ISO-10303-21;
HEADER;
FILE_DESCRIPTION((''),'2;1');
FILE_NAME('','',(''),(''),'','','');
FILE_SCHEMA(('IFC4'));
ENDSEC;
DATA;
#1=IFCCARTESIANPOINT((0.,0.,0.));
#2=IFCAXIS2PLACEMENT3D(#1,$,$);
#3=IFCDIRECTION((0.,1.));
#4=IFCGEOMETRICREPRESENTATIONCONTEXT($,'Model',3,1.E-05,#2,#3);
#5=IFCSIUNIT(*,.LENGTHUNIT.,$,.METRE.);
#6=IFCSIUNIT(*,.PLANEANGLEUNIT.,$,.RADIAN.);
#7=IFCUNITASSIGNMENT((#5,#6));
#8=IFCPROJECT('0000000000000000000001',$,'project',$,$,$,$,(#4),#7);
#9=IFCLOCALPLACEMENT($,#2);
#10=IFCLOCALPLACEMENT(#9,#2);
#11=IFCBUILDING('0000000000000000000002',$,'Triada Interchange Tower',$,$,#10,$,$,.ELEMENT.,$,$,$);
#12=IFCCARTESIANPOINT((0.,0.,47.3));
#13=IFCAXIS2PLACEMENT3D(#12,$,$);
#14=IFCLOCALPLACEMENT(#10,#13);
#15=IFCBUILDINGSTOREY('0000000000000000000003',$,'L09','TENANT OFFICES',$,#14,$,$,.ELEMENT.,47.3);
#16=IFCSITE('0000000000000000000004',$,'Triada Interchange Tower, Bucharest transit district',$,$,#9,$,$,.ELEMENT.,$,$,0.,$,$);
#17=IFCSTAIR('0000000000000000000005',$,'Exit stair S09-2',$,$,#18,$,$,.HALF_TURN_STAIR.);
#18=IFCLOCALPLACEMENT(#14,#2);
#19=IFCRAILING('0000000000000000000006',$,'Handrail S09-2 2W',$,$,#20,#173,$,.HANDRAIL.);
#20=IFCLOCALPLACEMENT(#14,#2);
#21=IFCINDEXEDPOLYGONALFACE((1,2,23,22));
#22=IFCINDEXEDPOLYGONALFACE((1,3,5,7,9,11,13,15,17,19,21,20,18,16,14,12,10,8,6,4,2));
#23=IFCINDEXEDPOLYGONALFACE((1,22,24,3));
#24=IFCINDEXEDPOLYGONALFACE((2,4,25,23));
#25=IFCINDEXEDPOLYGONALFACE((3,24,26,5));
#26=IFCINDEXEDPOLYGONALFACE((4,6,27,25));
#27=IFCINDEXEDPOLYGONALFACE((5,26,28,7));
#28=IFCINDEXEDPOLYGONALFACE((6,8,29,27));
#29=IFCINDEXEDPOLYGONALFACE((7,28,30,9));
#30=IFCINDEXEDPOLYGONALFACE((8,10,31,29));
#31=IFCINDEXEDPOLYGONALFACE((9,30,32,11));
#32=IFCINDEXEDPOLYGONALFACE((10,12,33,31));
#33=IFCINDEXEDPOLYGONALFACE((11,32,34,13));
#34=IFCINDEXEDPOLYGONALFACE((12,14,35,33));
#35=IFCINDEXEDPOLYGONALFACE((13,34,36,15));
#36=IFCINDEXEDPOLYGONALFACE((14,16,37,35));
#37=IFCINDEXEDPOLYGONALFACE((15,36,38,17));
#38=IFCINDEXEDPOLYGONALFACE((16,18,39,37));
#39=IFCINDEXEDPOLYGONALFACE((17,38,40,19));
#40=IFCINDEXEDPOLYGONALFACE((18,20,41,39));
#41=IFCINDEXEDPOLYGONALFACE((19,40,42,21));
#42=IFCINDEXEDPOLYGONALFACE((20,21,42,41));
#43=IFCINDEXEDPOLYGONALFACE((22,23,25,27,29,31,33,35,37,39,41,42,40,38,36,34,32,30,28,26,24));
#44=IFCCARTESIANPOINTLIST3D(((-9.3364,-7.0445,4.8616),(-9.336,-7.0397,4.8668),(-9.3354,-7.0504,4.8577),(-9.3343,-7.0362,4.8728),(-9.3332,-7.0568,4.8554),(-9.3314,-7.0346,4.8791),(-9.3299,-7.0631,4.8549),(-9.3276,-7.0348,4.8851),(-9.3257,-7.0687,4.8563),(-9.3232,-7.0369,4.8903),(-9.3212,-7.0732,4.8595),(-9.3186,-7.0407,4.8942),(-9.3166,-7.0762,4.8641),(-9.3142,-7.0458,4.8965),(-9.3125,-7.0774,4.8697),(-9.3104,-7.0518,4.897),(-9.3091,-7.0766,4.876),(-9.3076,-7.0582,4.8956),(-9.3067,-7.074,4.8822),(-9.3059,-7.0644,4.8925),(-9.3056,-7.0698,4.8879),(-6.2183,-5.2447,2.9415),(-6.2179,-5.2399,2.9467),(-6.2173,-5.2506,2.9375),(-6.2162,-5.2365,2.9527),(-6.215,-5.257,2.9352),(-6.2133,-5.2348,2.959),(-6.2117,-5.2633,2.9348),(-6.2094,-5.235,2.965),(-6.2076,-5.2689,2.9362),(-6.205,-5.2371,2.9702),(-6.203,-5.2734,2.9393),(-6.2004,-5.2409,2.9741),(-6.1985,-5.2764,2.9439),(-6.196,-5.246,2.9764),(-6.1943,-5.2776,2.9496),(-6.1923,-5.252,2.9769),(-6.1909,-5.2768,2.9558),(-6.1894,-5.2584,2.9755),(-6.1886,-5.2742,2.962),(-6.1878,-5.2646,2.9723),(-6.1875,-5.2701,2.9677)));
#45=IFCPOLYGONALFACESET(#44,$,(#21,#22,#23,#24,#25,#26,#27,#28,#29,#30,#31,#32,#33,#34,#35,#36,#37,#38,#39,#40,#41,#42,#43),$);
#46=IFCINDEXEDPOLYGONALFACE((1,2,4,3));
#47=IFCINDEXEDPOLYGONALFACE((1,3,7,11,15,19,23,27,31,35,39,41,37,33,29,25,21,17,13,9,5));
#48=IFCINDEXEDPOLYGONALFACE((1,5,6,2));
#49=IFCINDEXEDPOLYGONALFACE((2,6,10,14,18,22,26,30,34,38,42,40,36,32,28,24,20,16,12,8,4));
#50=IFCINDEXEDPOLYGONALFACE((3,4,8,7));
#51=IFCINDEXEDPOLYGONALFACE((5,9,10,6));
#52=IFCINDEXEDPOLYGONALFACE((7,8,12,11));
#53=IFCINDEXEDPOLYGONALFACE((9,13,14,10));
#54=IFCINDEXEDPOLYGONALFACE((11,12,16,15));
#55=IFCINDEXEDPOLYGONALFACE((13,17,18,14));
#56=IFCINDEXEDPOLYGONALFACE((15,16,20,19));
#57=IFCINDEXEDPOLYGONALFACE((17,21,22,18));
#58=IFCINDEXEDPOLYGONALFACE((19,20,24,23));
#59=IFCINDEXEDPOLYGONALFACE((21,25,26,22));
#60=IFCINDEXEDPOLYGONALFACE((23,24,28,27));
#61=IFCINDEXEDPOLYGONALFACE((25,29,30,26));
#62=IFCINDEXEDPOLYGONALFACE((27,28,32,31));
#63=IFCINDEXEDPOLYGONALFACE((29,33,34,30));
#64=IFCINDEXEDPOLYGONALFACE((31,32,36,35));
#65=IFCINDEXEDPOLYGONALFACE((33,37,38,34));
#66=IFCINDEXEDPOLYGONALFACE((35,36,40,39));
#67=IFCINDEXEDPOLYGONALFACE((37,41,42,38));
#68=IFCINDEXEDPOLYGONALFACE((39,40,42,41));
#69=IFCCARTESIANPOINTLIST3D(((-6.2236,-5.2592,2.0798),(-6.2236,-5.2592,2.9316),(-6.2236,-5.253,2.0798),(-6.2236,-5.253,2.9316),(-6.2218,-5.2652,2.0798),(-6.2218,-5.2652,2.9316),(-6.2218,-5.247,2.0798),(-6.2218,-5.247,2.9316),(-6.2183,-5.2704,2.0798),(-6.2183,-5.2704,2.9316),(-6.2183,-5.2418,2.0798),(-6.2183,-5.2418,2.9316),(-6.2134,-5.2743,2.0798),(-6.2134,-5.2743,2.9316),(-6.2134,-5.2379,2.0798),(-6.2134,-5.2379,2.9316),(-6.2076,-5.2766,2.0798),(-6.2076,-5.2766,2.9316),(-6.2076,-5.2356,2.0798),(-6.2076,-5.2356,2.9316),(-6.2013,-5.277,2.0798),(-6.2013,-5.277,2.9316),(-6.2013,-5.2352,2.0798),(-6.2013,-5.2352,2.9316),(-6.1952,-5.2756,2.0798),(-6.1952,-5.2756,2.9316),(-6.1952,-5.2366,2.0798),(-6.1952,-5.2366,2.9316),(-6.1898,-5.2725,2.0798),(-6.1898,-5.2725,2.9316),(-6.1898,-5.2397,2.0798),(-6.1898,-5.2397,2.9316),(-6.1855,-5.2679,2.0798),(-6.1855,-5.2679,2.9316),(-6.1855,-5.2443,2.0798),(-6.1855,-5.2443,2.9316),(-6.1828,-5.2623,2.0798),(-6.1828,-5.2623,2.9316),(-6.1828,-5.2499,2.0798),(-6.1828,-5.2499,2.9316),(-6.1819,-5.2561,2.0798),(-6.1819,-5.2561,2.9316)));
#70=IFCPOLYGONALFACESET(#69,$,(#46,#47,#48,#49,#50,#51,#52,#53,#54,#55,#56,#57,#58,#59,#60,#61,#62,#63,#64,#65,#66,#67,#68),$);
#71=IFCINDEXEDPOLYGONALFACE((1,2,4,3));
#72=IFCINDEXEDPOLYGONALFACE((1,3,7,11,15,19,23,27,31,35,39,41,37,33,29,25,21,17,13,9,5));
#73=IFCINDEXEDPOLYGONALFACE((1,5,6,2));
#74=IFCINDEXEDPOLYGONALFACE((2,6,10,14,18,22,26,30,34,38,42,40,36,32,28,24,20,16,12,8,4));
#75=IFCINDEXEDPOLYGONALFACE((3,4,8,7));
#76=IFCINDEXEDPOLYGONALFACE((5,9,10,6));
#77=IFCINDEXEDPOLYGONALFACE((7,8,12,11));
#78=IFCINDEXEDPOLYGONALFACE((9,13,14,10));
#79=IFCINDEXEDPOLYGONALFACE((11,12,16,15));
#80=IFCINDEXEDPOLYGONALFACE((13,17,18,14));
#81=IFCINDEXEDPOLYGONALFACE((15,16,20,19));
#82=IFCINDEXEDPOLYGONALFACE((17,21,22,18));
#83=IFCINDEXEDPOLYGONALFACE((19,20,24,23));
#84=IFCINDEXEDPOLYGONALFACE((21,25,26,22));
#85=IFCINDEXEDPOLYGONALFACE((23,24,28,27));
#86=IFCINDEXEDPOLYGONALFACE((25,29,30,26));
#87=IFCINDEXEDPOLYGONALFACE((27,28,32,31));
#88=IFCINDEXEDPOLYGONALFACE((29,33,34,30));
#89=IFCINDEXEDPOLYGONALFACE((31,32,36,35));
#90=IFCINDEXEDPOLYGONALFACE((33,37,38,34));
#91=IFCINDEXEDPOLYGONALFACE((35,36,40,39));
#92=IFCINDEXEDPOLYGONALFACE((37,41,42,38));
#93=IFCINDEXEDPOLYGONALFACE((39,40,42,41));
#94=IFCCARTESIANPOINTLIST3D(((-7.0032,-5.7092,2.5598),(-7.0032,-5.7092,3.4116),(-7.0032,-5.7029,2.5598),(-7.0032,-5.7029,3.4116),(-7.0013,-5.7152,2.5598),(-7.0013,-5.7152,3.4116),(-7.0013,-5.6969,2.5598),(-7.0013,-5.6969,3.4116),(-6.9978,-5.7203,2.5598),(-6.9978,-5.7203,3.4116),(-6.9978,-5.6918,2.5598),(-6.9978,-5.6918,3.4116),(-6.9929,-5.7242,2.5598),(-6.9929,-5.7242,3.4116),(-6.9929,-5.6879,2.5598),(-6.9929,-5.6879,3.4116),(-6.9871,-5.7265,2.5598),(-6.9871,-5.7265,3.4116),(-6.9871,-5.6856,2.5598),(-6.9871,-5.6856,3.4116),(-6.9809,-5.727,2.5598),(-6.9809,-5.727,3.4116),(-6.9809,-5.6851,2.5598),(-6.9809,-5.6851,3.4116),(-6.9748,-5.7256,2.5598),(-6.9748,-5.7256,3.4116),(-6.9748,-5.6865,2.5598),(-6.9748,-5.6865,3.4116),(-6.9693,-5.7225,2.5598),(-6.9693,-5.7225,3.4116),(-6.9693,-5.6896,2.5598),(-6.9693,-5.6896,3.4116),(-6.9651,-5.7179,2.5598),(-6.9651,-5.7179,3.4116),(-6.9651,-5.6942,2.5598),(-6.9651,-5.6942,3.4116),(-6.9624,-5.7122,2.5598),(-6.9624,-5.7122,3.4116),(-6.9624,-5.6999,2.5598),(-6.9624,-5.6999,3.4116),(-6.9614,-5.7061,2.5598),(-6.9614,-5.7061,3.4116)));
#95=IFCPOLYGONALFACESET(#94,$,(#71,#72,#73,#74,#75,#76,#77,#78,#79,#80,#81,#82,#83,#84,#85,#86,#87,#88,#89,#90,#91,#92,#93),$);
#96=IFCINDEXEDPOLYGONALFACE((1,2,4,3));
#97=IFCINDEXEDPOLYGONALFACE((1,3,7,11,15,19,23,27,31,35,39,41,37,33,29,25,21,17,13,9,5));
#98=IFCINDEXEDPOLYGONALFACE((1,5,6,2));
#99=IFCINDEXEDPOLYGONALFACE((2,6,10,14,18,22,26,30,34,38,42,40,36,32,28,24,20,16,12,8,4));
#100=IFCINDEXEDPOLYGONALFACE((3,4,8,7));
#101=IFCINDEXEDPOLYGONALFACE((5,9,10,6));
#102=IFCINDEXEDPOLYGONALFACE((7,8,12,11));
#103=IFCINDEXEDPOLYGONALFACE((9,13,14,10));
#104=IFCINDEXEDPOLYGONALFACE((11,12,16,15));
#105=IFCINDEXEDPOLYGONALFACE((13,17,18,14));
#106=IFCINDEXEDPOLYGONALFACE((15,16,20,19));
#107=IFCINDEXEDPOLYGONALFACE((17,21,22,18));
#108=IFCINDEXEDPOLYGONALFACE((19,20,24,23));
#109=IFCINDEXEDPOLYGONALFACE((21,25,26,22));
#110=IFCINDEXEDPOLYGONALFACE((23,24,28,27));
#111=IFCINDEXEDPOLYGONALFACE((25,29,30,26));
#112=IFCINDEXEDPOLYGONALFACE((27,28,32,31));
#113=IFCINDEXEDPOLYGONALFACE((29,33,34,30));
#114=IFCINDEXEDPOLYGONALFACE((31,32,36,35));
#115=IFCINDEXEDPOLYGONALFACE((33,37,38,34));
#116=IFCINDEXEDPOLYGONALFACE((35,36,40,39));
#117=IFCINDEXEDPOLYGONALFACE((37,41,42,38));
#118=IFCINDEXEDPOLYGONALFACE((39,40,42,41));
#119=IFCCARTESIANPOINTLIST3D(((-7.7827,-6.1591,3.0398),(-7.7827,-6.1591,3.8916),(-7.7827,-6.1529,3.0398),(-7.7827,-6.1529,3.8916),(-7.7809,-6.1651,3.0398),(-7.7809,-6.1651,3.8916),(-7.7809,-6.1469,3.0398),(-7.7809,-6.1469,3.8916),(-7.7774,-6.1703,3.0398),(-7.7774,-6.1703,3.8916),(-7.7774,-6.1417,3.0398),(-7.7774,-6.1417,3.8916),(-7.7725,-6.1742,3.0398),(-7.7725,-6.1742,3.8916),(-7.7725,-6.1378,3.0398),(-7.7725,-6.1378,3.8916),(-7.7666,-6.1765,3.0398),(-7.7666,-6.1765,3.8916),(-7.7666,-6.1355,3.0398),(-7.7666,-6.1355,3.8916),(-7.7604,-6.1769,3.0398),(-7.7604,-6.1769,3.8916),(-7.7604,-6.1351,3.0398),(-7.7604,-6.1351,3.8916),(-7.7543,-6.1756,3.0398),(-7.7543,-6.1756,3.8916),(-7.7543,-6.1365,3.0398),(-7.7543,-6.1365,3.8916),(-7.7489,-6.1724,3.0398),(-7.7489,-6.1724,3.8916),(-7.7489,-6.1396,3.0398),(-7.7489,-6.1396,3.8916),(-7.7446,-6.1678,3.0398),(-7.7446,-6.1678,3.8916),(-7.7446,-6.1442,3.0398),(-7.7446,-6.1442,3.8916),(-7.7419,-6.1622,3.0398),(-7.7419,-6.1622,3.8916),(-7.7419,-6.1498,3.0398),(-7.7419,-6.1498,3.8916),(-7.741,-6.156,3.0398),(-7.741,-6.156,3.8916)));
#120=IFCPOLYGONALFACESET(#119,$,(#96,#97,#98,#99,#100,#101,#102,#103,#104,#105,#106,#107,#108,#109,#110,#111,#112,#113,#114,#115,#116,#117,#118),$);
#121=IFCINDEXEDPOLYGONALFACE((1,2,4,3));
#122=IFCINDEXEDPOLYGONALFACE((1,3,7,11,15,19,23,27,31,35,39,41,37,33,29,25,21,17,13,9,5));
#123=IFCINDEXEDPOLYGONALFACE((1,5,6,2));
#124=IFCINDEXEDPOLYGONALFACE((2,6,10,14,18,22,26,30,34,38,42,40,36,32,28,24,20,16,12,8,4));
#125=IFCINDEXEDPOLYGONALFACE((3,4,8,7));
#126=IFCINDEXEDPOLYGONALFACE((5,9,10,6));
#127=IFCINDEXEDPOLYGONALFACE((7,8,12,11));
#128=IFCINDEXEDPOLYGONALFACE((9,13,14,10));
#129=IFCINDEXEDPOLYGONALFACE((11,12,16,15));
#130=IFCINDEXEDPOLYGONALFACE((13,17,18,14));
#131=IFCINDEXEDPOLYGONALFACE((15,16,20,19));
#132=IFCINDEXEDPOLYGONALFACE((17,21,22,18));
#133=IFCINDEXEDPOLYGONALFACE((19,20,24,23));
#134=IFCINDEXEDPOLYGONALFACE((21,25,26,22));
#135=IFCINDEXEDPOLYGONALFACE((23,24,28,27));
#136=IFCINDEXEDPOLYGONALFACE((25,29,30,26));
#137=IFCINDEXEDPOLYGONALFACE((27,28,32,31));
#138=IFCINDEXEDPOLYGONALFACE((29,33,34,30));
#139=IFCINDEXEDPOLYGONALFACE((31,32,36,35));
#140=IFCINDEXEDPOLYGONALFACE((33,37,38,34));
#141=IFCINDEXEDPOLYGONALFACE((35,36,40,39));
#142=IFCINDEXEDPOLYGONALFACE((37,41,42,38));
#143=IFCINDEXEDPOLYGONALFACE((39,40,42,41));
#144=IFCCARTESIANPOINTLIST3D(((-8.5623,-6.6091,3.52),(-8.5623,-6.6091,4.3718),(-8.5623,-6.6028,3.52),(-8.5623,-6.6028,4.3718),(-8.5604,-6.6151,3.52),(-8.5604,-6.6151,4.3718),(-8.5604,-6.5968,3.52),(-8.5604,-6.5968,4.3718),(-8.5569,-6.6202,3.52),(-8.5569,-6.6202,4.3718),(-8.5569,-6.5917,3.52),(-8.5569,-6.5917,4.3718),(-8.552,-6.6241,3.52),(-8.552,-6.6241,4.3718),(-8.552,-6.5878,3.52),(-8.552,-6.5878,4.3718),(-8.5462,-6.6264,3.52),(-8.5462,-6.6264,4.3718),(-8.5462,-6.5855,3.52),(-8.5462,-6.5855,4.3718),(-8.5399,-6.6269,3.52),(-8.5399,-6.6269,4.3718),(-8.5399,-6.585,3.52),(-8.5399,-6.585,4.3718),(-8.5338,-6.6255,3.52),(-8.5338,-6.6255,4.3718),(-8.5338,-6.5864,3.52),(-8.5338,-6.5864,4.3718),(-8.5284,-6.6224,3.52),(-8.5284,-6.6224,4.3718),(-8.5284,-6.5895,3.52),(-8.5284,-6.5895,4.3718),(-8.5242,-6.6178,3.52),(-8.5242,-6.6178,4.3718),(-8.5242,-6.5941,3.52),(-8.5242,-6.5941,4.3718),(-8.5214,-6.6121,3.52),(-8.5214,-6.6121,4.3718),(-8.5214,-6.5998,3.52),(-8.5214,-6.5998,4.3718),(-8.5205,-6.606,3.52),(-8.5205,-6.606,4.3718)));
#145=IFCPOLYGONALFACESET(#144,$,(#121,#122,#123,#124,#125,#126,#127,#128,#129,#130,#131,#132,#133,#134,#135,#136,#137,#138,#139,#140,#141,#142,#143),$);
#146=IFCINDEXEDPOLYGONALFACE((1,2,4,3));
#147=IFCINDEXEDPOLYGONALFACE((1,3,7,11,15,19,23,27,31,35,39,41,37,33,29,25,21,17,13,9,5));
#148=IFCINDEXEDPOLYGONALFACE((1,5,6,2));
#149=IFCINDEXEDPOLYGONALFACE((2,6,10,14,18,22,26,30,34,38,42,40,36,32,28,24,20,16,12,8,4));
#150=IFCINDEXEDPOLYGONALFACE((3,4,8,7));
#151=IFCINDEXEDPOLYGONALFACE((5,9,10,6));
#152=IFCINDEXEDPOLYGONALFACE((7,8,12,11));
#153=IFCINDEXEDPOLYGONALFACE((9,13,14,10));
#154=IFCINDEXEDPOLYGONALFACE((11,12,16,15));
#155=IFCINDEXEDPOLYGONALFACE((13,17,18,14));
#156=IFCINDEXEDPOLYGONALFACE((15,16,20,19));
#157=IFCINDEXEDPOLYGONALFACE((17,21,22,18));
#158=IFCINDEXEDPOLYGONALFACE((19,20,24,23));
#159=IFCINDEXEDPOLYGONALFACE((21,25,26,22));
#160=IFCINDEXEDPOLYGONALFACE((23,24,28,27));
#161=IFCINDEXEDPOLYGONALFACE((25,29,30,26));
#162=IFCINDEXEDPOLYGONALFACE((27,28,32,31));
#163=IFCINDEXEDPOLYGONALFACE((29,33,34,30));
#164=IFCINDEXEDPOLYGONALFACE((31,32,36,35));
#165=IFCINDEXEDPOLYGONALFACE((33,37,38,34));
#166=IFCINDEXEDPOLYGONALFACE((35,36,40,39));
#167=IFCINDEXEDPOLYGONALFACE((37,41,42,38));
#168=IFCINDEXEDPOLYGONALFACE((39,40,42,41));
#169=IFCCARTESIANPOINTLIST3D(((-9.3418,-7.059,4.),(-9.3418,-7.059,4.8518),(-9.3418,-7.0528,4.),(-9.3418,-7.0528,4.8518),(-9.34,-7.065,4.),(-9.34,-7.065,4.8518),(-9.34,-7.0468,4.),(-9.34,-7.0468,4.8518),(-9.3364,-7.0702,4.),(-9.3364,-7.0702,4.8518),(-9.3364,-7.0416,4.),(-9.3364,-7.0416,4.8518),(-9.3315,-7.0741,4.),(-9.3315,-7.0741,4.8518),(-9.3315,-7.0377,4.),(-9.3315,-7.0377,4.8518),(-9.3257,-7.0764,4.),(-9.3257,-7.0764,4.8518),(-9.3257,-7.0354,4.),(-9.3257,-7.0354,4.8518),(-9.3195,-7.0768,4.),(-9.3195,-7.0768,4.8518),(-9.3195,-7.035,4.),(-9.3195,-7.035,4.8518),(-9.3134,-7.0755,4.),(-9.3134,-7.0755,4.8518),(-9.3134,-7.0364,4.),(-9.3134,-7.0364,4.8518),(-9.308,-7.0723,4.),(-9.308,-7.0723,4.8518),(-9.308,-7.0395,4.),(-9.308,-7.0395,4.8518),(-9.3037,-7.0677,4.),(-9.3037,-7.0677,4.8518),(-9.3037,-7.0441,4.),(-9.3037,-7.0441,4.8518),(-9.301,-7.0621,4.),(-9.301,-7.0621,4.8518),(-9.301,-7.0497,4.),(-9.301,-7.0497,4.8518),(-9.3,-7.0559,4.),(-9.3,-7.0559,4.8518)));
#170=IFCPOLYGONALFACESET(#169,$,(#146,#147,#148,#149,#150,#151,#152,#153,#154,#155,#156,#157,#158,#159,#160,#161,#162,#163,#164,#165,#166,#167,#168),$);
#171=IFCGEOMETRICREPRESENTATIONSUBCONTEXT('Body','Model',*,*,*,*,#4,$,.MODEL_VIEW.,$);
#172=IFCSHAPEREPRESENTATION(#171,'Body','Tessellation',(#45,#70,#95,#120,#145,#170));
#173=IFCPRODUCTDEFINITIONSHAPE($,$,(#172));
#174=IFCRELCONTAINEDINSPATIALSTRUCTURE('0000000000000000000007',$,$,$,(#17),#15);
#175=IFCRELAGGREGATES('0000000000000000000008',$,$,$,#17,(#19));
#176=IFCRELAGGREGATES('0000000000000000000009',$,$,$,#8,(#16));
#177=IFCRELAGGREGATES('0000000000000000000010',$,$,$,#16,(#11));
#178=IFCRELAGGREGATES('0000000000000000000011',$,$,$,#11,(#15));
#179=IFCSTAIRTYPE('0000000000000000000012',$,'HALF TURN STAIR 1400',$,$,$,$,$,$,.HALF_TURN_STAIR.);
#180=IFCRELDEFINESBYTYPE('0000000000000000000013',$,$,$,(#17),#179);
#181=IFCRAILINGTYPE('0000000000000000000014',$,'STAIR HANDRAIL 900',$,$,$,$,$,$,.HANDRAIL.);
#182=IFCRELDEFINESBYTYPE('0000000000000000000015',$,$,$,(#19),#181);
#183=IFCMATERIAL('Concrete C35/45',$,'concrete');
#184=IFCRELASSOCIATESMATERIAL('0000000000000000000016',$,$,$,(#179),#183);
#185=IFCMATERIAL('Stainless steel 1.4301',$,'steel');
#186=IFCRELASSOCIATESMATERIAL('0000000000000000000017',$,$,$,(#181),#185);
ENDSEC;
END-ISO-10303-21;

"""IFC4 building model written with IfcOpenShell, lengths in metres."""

from ifc_helpers import new_model, si_unit, direction, frame, origin, origin_2d, place, context, subcontext, project, spatial, circle, extrude, material, type_object, element, aggregate, save


model = new_model("IFC4")

# Units and contexts
model_context = context("Model", 3, precision=1e-05, world=origin(), true_north=direction((0.0, 1.0)))
body_context = subcontext(model_context, "Body", "Model", "MODEL_VIEW")
ifc_project = project(units=[si_unit("LENGTHUNIT", "METRE"), si_unit("PLANEANGLEUNIT", "RADIAN")], contexts=[model_context])

# Site, building, storey
site_placement = place(None, origin())
site = spatial("IfcSite", under=ifc_project, at=site_placement, Name="Triada Interchange Tower, Bucharest transit district", CompositionType="ELEMENT", RefElevation=0.0)
building_placement = place(site_placement, origin())
building = spatial("IfcBuilding", under=site, at=building_placement, Name="Triada Interchange Tower", CompositionType="ELEMENT")
storey_placement = place(building_placement, frame((0.0, 0.0, 47.3)))
storey = spatial("IfcBuildingStorey", under=building, at=storey_placement, Name="L09", Description="TENANT OFFICES", CompositionType="ELEMENT", Elevation=47.3)

# Stair, railing
ifc_material_1 = material(Name="Concrete C35/45", Category="concrete")
stair_type = type_object("IfcStairType", Name="HALF TURN STAIR 1400", PredefinedType="HALF_TURN_STAIR", material=ifc_material_1)
stair_placement = place(storey_placement, origin())
stair = element("IfcStair", 1, at=stair_placement, inside=storey, type_object=stair_type, Name="Exit stair S09-2", PredefinedType="HALF_TURN_STAIR")
ifc_material_2 = material(Name="Stainless steel 1.4301", Category="steel")
railing_type = type_object("IfcRailingType", Name="STAIR HANDRAIL 900", PredefinedType="HANDRAIL", material=ifc_material_2)
railing_1_placement = place(storey_placement, frame((-6.2029, -5.2561, 2.0798)))
railing_1 = element("IfcRailing", 2, at=railing_1_placement, type_object=railing_type, Name="Handrail S09-2 2W", PredefinedType="HANDRAIL", context=body_context, shape_type="SweptSolid", body=[
    extrude(circle(Radius=0.0239, at=origin_2d()), frame((0.0, 0.0, 0.876), z_axis=(-0.76419, -0.44109, 0.470588), x_axis=(0.499902, -0.866082, 0.0)), (0.0, 0.0, 1.0), 4.0803),
    extrude(circle(Radius=0.021, at=origin_2d()), origin(), (0.0, 0.0, 1.0), 0.8518),
    extrude(circle(Radius=0.021, at=origin_2d()), frame((-0.7795, -0.45, 0.48)), (0.0, 0.0, 1.0), 0.8518),
    extrude(circle(Radius=0.021, at=origin_2d()), frame((-1.5591, -0.8999, 0.96)), (0.0, 0.0, 1.0), 0.8518),
    extrude(circle(Radius=0.021, at=origin_2d()), frame((-2.3386, -1.3499, 1.4402)), (0.0, 0.0, 1.0), 0.8518),
    extrude(circle(Radius=0.021, at=origin_2d()), frame((-3.1182, -1.7998, 1.9202)), (0.0, 0.0, 1.0), 0.8518),
])
aggregate(stair, [railing_1])

save(model, "model.ifc")
